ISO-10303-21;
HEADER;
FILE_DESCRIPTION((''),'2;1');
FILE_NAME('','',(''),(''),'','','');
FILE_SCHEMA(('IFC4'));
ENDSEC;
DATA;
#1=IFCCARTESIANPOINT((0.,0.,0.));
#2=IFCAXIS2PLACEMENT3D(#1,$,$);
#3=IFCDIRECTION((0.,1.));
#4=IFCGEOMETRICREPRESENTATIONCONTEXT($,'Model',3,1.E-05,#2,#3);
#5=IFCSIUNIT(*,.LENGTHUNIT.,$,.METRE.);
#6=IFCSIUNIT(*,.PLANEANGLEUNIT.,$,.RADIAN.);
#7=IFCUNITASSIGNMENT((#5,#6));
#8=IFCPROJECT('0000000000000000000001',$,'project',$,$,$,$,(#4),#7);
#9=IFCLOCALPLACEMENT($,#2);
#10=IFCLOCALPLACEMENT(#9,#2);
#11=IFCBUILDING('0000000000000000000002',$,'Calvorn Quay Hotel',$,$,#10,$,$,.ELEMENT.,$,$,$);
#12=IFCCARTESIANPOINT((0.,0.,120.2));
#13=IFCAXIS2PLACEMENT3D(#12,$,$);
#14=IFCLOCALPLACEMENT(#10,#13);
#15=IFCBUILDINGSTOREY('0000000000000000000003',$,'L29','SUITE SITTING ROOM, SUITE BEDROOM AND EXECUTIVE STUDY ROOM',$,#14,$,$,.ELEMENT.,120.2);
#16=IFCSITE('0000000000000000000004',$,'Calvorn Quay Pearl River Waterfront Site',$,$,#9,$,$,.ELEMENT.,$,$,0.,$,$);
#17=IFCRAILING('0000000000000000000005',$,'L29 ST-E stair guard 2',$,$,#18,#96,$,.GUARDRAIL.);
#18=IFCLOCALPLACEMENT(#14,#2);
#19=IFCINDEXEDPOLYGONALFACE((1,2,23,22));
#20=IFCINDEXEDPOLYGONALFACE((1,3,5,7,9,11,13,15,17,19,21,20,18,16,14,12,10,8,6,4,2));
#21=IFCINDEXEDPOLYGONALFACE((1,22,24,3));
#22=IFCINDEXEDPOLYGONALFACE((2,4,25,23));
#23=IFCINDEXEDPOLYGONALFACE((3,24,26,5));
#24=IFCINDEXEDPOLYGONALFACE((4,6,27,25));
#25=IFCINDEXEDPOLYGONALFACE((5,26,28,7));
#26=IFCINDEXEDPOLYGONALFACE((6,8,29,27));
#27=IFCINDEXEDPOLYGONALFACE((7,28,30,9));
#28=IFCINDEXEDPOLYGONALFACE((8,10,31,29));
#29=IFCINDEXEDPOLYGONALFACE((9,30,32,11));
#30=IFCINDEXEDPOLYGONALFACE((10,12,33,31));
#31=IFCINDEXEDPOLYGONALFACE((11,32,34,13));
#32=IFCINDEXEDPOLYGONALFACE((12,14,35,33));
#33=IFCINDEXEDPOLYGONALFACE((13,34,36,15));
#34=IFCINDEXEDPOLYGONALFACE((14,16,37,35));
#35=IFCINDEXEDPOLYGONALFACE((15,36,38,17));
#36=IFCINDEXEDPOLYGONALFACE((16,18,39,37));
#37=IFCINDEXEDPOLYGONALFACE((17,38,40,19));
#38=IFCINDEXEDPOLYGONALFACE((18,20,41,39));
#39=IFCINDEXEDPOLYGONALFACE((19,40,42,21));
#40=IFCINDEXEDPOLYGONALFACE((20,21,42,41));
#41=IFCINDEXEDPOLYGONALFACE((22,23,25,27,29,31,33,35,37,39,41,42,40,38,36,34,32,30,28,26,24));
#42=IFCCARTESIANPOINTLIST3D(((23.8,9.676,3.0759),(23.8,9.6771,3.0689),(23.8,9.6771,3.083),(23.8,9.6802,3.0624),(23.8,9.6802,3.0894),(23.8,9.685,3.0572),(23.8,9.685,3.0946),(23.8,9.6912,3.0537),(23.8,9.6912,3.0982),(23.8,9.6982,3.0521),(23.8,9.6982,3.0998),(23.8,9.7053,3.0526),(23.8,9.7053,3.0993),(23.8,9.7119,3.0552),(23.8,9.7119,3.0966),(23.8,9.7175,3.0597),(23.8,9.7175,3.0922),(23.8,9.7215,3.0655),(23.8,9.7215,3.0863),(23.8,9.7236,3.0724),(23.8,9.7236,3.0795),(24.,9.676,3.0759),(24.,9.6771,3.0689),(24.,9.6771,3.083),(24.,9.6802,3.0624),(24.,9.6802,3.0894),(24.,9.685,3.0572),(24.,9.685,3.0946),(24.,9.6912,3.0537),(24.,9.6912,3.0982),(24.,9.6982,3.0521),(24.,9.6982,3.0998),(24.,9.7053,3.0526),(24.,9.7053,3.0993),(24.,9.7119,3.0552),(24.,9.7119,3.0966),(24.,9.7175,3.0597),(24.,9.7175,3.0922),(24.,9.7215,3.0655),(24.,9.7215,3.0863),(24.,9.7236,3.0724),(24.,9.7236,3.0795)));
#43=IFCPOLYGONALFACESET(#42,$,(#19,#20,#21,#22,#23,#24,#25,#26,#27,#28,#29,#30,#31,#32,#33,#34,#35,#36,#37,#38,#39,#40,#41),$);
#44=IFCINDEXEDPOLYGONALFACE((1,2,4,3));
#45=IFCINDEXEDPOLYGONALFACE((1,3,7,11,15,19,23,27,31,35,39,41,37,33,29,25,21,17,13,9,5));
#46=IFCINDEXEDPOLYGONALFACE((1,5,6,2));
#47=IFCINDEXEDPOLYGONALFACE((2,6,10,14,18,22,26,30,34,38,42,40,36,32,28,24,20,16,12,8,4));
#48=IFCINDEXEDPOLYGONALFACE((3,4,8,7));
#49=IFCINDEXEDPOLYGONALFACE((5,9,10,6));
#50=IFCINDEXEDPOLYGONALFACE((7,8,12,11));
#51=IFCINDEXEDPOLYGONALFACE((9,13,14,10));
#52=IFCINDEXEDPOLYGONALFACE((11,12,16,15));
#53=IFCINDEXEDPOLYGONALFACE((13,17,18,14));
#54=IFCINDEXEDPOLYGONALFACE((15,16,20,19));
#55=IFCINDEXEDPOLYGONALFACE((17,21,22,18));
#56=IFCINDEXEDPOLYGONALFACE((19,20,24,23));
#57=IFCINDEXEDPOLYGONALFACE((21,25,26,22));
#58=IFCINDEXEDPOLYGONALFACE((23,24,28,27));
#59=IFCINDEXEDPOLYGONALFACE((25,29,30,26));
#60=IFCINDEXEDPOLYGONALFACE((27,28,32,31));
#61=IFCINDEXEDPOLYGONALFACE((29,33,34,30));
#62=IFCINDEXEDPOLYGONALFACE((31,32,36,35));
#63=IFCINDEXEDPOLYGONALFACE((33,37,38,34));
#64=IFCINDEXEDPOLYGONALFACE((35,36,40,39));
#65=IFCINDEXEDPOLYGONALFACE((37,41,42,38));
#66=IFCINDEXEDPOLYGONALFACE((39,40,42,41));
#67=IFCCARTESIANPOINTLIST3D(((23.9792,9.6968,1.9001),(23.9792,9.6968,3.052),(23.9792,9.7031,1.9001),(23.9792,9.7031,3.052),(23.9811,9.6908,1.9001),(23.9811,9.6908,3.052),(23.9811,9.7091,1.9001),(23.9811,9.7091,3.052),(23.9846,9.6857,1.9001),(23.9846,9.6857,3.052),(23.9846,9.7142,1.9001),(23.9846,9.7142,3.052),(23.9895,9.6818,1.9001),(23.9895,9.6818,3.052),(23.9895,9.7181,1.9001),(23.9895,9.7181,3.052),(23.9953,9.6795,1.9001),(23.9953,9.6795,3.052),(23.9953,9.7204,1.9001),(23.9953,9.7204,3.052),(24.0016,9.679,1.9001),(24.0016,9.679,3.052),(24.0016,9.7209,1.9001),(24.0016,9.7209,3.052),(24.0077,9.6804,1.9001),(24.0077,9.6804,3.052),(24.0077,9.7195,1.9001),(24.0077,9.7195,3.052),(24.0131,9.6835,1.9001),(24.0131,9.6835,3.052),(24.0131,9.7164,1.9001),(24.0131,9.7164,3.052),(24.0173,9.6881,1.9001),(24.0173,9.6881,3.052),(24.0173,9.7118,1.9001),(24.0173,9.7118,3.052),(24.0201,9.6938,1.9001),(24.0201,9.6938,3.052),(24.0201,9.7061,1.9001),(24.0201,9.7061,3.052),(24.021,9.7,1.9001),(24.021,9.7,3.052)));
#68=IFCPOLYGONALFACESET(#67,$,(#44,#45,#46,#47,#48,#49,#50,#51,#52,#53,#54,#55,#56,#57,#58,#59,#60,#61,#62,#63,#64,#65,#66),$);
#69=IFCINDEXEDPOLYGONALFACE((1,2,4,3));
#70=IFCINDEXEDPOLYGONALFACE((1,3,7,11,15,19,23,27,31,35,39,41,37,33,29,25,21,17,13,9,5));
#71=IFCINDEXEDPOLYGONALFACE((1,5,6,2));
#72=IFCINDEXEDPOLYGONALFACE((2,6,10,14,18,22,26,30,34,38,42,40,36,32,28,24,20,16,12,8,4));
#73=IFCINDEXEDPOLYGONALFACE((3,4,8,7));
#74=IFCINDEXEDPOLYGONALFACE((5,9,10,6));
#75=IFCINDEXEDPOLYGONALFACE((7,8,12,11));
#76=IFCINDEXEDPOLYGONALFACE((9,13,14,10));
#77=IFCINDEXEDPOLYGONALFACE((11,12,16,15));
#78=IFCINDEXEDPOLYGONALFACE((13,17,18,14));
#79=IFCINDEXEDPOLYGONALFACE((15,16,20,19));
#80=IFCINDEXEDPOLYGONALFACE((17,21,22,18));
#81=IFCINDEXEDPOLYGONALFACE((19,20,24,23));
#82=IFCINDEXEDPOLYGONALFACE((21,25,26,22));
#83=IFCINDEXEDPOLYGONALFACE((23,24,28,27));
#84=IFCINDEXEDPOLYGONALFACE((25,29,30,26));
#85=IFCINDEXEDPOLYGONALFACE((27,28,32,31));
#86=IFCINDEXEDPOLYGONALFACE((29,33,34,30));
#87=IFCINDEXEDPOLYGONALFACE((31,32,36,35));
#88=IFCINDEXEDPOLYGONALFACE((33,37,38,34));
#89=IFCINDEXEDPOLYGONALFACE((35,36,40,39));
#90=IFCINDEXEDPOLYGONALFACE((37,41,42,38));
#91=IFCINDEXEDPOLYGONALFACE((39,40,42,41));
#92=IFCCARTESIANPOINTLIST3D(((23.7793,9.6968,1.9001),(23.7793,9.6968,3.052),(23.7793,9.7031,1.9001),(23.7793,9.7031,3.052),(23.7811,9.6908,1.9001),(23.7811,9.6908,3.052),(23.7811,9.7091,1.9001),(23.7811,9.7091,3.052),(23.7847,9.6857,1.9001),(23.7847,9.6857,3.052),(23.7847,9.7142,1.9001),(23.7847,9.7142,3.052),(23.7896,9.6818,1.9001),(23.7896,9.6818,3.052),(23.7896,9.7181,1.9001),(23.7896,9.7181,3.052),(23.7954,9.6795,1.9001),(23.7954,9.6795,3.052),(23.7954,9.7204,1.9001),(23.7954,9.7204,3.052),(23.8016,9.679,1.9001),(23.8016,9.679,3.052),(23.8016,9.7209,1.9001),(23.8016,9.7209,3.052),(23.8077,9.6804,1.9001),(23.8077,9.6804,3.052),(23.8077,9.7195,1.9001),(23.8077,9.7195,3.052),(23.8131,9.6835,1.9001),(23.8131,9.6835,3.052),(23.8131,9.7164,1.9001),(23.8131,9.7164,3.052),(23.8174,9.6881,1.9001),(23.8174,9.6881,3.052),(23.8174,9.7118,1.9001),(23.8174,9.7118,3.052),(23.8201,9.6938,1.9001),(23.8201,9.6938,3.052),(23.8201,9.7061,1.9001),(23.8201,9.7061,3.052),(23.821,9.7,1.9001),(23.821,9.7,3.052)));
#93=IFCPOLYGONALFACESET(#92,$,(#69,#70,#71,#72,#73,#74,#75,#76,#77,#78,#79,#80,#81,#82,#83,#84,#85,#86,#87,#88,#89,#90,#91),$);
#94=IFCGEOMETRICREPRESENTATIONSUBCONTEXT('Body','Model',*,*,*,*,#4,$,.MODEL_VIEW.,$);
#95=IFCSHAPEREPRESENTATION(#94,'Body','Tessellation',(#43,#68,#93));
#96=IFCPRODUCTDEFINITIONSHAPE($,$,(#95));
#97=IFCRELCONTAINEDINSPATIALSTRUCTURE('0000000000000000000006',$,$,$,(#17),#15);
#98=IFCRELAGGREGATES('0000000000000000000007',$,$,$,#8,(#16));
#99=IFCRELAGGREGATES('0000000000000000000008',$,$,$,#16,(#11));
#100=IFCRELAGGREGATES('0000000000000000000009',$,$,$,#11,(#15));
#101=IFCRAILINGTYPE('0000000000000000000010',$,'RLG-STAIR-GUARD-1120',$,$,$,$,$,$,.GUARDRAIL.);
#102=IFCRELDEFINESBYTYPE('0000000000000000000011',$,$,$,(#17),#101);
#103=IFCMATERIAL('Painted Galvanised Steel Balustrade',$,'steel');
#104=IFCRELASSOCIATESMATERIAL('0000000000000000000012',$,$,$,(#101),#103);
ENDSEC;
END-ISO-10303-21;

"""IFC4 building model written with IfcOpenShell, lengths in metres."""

from ifc_helpers import new_model, si_unit, direction, frame, origin, origin_2d, place, context, subcontext, project, spatial, circle, extrude, material, type_object, element, save


model = new_model("IFC4")

# Units and contexts
model_context = context("Model", 3, precision=1e-05, world=origin(), true_north=direction((0.0, 1.0)))
body_context = subcontext(model_context, "Body", "Model", "MODEL_VIEW")
ifc_project = project(units=[si_unit("LENGTHUNIT", "METRE"), si_unit("PLANEANGLEUNIT", "RADIAN")], contexts=[model_context])

# Site, building, storey
site_placement = place(None, origin())
site = spatial("IfcSite", under=ifc_project, at=site_placement, Name="Calvorn Quay Pearl River Waterfront Site", CompositionType="ELEMENT", RefElevation=0.0)
building_placement = place(site_placement, origin())
building = spatial("IfcBuilding", under=site, at=building_placement, Name="Calvorn Quay Hotel", CompositionType="ELEMENT")
storey_placement = place(building_placement, frame((0.0, 0.0, 120.2)))
storey = spatial("IfcBuildingStorey", under=building, at=storey_placement, Name="L29", Description="SUITE SITTING ROOM, SUITE BEDROOM AND EXECUTIVE STUDY ROOM", CompositionType="ELEMENT", Elevation=120.2)

# Railing
ifc_material_1 = material(Name="Painted Galvanised Steel Balustrade", Category="steel")
railing_type_1 = type_object("IfcRailingType", Name="RLG-STAIR-GUARD-1120", PredefinedType="GUARDRAIL", material=ifc_material_1)
railing_1_placement = place(storey_placement, frame((24.0, 9.7, 1.9001)))
element("IfcRailing", 1, at=railing_1_placement, inside=storey, type_object=railing_type_1, Name="L29 ST-E stair guard 2", PredefinedType="GUARDRAIL", context=body_context, shape_type="SweptSolid", body=[
    extrude(circle(Radius=0.0239, at=origin_2d()), frame((0.0, 0.0, 1.1758), z_axis=(-1.0, 0.0, 0.0), x_axis=(0.0, -1.0, 0.0)), (0.0, 0.0, 1.0), 0.2),
    extrude(circle(Radius=0.021, at=origin_2d()), origin(), (0.0, 0.0, 1.0), 1.1519),
    extrude(circle(Radius=0.021, at=origin_2d()), frame((-0.2, 0.0, 0.0)), (0.0, 0.0, 1.0), 1.1519),
])

save(model, "model.ifc")
